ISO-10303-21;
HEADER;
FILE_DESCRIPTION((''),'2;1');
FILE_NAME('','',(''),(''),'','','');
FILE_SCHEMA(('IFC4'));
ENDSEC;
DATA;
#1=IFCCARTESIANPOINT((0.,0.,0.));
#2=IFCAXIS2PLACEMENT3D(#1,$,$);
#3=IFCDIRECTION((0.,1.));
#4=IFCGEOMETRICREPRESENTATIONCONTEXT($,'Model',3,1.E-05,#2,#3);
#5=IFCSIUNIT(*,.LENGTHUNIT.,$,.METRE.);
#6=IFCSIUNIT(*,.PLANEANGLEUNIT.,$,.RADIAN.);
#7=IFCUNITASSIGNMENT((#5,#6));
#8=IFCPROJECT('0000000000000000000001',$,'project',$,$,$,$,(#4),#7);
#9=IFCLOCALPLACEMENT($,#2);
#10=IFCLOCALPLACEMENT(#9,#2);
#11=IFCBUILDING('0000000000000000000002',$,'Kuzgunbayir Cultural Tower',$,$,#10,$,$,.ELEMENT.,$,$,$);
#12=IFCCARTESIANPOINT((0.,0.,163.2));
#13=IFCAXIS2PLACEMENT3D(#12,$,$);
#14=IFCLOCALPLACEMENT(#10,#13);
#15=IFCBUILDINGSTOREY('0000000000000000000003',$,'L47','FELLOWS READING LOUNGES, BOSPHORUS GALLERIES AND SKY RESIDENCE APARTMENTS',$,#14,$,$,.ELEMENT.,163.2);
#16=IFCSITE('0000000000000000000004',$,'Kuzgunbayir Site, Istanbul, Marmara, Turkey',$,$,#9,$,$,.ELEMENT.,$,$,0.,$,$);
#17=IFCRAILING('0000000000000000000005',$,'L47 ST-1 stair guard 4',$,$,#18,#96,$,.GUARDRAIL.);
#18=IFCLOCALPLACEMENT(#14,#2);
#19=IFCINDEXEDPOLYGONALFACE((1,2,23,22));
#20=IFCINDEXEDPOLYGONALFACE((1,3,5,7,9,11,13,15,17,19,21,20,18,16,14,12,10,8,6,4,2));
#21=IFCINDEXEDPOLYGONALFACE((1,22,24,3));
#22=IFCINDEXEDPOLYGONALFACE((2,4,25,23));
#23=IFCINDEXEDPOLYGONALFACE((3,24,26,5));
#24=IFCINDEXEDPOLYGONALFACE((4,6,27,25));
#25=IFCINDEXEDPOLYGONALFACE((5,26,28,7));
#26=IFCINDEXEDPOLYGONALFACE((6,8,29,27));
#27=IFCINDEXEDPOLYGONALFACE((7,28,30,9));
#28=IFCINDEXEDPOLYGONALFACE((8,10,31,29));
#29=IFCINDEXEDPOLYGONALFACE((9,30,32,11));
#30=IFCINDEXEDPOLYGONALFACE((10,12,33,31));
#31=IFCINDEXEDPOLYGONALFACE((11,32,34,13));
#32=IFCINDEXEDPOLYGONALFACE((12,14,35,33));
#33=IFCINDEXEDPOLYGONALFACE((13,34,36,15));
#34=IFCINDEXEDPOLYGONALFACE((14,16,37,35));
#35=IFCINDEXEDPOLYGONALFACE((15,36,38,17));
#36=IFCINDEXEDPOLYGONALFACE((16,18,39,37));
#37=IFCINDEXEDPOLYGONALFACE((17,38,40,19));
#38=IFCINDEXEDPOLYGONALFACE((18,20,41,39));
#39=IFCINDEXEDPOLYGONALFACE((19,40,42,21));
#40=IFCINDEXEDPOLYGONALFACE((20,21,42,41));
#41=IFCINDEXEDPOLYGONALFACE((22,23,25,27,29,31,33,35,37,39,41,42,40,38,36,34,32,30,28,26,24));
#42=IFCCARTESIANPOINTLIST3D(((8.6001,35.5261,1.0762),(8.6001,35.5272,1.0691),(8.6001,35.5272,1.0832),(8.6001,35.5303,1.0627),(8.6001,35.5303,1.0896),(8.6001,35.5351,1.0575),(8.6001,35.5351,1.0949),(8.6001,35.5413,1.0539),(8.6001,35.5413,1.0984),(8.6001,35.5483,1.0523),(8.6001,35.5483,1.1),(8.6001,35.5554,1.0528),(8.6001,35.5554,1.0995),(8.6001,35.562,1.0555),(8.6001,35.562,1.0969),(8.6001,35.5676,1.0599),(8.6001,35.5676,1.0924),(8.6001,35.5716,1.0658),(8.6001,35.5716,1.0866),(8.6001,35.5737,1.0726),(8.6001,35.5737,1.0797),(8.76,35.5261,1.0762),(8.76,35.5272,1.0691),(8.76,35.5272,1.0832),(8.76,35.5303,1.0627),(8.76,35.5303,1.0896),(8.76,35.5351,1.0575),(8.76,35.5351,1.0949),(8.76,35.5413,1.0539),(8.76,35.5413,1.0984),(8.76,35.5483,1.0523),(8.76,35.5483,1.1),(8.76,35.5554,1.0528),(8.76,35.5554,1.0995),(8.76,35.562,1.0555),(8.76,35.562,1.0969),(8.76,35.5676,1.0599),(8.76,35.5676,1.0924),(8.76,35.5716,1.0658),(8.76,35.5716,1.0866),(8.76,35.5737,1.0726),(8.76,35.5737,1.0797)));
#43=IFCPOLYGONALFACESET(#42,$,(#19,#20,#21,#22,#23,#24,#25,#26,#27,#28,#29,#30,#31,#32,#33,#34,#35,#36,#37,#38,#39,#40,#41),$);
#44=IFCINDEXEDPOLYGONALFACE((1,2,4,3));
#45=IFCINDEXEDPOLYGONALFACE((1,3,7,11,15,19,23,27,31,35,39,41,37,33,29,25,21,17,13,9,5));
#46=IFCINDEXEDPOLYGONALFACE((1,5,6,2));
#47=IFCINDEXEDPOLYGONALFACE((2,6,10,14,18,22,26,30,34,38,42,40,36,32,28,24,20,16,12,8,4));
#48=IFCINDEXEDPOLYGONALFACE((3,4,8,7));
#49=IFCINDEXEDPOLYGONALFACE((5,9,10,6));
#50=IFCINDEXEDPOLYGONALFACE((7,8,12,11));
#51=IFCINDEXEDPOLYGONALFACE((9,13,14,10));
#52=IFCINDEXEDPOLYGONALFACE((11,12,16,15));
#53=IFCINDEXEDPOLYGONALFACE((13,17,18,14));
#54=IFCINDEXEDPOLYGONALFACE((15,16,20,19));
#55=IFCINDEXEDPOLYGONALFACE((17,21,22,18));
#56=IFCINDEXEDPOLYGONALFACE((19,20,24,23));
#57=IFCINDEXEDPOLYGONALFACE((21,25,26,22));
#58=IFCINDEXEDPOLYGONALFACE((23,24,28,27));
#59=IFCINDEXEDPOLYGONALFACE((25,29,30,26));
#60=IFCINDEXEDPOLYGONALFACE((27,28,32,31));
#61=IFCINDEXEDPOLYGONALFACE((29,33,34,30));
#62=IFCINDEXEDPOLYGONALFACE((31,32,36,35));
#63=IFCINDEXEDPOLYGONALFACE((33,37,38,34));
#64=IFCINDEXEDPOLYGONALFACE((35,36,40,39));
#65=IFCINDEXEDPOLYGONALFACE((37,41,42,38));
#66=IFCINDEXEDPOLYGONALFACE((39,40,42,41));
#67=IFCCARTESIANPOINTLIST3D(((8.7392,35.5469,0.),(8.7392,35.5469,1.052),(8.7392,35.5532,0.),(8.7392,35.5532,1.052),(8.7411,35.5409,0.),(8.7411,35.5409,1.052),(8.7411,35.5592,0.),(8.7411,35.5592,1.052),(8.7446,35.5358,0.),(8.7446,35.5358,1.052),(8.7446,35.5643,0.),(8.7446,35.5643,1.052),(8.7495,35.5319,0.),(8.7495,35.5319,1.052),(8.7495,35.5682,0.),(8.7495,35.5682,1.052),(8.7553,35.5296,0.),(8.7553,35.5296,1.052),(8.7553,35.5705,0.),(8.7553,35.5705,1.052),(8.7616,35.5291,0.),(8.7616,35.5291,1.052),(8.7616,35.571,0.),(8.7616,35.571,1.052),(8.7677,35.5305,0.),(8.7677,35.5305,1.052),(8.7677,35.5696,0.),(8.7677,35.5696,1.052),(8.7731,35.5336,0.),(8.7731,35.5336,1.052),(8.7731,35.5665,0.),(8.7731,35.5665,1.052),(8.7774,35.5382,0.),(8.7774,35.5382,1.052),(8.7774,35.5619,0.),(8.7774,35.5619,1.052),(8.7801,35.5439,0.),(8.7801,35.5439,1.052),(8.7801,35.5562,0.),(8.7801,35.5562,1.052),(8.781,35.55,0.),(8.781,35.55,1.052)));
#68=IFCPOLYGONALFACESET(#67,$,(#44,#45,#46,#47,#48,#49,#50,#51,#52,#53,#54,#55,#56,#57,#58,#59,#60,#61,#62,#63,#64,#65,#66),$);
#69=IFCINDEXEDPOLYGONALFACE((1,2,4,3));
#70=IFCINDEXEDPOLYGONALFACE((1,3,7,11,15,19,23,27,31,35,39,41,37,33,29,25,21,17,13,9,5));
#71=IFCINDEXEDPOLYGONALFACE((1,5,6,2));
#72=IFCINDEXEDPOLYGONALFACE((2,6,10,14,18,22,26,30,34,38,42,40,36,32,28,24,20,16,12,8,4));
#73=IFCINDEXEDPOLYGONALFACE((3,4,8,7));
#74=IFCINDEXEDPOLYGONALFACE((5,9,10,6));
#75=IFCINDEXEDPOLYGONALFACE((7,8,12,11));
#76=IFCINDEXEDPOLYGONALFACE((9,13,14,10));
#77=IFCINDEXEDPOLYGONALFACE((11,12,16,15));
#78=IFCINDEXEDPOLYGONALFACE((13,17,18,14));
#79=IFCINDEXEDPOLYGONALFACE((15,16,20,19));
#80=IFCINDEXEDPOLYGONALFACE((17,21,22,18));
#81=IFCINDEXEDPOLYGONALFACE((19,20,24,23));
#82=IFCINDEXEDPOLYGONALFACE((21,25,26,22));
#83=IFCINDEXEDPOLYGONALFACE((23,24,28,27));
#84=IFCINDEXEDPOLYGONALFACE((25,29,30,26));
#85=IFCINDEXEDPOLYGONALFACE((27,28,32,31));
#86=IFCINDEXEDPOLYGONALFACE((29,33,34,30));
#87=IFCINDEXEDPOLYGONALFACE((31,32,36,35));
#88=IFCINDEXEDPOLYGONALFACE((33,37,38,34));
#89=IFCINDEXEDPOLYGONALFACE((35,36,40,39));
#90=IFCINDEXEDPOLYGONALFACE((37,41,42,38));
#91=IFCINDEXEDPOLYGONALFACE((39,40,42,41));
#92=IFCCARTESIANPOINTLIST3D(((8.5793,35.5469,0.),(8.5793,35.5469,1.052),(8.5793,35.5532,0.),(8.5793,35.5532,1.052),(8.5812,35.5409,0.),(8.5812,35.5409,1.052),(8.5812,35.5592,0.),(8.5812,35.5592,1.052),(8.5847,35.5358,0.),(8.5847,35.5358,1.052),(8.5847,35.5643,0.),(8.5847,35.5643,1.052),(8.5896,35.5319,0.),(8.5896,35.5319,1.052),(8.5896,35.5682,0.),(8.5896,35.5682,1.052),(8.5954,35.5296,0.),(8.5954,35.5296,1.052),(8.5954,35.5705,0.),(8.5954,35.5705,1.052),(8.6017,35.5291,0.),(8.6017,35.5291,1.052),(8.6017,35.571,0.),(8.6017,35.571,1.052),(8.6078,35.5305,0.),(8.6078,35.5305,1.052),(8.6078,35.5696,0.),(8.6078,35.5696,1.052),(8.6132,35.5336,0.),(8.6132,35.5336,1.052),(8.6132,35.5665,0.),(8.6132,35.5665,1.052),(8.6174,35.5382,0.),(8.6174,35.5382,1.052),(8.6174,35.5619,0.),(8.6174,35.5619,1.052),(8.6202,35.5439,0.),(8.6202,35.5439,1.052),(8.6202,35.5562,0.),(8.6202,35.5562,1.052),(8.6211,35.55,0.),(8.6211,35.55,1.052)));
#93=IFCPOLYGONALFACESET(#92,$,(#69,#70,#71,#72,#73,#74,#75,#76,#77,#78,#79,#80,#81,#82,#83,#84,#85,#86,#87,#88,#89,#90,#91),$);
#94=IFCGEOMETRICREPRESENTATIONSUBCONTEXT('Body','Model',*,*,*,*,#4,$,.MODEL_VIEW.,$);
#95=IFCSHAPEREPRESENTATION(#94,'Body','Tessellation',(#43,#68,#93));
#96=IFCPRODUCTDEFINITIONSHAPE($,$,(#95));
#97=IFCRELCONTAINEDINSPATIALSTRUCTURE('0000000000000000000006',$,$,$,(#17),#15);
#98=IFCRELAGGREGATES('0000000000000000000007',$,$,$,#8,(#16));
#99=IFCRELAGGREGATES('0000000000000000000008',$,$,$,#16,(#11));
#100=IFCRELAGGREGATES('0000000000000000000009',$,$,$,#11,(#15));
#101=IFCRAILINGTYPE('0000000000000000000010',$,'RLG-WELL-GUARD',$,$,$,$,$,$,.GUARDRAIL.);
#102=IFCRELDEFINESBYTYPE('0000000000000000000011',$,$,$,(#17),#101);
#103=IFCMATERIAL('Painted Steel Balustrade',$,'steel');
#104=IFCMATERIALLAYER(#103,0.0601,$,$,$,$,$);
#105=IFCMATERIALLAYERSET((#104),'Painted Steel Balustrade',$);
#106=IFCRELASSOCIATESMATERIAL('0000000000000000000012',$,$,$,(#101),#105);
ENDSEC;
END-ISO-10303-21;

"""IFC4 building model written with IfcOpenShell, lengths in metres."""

from ifc_helpers import new_model, si_unit, direction, frame, origin, origin_2d, place, context, subcontext, project, spatial, circle, extrude, material, layer, layer_set, type_object, element, save


model = new_model("IFC4")

# Units and contexts
model_context = context("Model", 3, precision=1e-05, world=origin(), true_north=direction((0.0, 1.0)))
body_context = subcontext(model_context, "Body", "Model", "MODEL_VIEW")
ifc_project = project(units=[si_unit("LENGTHUNIT", "METRE"), si_unit("PLANEANGLEUNIT", "RADIAN")], contexts=[model_context])

# Site, building, storey
site_placement = place(None, origin())
site = spatial("IfcSite", under=ifc_project, at=site_placement, Name="Kuzgunbayir Site, Istanbul, Marmara, Turkey", CompositionType="ELEMENT", RefElevation=0.0)
building_placement = place(site_placement, origin())
building = spatial("IfcBuilding", under=site, at=building_placement, Name="Kuzgunbayir Cultural Tower", CompositionType="ELEMENT")
storey_placement = place(building_placement, frame((0.0, 0.0, 163.2)))
storey = spatial("IfcBuildingStorey", under=building, at=storey_placement, Name="L47", Description="FELLOWS READING LOUNGES, BOSPHORUS GALLERIES AND SKY RESIDENCE APARTMENTS", CompositionType="ELEMENT", Elevation=163.2)

# Railing
ifc_material_1 = material(Name="Painted Steel Balustrade", Category="steel")
ifc_layer_1 = layer(ifc_material_1, 0.0601)
ifc_layer_set_1 = layer_set([ifc_layer_1], Name="Painted Steel Balustrade")
railing_type_1 = type_object("IfcRailingType", Name="RLG-WELL-GUARD", PredefinedType="GUARDRAIL", material=ifc_layer_set_1)
railing_1_placement = place(storey_placement, frame((8.76, 35.55, 0.0)))
element("IfcRailing", 1, at=railing_1_placement, inside=storey, type_object=railing_type_1, Name="L47 ST-1 stair guard 4", PredefinedType="GUARDRAIL", context=body_context, shape_type="SweptSolid", body=[
    extrude(circle(Radius=0.0239, at=origin_2d()), frame((0.0, 0.0, 1.0762), z_axis=(-1.0, 0.0, 0.0), x_axis=(0.0, -1.0, 0.0)), (0.0, 0.0, 1.0), 0.1599),
    extrude(circle(Radius=0.021, at=origin_2d()), origin(), (0.0, 0.0, 1.0), 1.052),
    extrude(circle(Radius=0.021, at=origin_2d()), frame((-0.1599, 0.0, 0.0)), (0.0, 0.0, 1.0), 1.052),
])

save(model, "model.ifc")
